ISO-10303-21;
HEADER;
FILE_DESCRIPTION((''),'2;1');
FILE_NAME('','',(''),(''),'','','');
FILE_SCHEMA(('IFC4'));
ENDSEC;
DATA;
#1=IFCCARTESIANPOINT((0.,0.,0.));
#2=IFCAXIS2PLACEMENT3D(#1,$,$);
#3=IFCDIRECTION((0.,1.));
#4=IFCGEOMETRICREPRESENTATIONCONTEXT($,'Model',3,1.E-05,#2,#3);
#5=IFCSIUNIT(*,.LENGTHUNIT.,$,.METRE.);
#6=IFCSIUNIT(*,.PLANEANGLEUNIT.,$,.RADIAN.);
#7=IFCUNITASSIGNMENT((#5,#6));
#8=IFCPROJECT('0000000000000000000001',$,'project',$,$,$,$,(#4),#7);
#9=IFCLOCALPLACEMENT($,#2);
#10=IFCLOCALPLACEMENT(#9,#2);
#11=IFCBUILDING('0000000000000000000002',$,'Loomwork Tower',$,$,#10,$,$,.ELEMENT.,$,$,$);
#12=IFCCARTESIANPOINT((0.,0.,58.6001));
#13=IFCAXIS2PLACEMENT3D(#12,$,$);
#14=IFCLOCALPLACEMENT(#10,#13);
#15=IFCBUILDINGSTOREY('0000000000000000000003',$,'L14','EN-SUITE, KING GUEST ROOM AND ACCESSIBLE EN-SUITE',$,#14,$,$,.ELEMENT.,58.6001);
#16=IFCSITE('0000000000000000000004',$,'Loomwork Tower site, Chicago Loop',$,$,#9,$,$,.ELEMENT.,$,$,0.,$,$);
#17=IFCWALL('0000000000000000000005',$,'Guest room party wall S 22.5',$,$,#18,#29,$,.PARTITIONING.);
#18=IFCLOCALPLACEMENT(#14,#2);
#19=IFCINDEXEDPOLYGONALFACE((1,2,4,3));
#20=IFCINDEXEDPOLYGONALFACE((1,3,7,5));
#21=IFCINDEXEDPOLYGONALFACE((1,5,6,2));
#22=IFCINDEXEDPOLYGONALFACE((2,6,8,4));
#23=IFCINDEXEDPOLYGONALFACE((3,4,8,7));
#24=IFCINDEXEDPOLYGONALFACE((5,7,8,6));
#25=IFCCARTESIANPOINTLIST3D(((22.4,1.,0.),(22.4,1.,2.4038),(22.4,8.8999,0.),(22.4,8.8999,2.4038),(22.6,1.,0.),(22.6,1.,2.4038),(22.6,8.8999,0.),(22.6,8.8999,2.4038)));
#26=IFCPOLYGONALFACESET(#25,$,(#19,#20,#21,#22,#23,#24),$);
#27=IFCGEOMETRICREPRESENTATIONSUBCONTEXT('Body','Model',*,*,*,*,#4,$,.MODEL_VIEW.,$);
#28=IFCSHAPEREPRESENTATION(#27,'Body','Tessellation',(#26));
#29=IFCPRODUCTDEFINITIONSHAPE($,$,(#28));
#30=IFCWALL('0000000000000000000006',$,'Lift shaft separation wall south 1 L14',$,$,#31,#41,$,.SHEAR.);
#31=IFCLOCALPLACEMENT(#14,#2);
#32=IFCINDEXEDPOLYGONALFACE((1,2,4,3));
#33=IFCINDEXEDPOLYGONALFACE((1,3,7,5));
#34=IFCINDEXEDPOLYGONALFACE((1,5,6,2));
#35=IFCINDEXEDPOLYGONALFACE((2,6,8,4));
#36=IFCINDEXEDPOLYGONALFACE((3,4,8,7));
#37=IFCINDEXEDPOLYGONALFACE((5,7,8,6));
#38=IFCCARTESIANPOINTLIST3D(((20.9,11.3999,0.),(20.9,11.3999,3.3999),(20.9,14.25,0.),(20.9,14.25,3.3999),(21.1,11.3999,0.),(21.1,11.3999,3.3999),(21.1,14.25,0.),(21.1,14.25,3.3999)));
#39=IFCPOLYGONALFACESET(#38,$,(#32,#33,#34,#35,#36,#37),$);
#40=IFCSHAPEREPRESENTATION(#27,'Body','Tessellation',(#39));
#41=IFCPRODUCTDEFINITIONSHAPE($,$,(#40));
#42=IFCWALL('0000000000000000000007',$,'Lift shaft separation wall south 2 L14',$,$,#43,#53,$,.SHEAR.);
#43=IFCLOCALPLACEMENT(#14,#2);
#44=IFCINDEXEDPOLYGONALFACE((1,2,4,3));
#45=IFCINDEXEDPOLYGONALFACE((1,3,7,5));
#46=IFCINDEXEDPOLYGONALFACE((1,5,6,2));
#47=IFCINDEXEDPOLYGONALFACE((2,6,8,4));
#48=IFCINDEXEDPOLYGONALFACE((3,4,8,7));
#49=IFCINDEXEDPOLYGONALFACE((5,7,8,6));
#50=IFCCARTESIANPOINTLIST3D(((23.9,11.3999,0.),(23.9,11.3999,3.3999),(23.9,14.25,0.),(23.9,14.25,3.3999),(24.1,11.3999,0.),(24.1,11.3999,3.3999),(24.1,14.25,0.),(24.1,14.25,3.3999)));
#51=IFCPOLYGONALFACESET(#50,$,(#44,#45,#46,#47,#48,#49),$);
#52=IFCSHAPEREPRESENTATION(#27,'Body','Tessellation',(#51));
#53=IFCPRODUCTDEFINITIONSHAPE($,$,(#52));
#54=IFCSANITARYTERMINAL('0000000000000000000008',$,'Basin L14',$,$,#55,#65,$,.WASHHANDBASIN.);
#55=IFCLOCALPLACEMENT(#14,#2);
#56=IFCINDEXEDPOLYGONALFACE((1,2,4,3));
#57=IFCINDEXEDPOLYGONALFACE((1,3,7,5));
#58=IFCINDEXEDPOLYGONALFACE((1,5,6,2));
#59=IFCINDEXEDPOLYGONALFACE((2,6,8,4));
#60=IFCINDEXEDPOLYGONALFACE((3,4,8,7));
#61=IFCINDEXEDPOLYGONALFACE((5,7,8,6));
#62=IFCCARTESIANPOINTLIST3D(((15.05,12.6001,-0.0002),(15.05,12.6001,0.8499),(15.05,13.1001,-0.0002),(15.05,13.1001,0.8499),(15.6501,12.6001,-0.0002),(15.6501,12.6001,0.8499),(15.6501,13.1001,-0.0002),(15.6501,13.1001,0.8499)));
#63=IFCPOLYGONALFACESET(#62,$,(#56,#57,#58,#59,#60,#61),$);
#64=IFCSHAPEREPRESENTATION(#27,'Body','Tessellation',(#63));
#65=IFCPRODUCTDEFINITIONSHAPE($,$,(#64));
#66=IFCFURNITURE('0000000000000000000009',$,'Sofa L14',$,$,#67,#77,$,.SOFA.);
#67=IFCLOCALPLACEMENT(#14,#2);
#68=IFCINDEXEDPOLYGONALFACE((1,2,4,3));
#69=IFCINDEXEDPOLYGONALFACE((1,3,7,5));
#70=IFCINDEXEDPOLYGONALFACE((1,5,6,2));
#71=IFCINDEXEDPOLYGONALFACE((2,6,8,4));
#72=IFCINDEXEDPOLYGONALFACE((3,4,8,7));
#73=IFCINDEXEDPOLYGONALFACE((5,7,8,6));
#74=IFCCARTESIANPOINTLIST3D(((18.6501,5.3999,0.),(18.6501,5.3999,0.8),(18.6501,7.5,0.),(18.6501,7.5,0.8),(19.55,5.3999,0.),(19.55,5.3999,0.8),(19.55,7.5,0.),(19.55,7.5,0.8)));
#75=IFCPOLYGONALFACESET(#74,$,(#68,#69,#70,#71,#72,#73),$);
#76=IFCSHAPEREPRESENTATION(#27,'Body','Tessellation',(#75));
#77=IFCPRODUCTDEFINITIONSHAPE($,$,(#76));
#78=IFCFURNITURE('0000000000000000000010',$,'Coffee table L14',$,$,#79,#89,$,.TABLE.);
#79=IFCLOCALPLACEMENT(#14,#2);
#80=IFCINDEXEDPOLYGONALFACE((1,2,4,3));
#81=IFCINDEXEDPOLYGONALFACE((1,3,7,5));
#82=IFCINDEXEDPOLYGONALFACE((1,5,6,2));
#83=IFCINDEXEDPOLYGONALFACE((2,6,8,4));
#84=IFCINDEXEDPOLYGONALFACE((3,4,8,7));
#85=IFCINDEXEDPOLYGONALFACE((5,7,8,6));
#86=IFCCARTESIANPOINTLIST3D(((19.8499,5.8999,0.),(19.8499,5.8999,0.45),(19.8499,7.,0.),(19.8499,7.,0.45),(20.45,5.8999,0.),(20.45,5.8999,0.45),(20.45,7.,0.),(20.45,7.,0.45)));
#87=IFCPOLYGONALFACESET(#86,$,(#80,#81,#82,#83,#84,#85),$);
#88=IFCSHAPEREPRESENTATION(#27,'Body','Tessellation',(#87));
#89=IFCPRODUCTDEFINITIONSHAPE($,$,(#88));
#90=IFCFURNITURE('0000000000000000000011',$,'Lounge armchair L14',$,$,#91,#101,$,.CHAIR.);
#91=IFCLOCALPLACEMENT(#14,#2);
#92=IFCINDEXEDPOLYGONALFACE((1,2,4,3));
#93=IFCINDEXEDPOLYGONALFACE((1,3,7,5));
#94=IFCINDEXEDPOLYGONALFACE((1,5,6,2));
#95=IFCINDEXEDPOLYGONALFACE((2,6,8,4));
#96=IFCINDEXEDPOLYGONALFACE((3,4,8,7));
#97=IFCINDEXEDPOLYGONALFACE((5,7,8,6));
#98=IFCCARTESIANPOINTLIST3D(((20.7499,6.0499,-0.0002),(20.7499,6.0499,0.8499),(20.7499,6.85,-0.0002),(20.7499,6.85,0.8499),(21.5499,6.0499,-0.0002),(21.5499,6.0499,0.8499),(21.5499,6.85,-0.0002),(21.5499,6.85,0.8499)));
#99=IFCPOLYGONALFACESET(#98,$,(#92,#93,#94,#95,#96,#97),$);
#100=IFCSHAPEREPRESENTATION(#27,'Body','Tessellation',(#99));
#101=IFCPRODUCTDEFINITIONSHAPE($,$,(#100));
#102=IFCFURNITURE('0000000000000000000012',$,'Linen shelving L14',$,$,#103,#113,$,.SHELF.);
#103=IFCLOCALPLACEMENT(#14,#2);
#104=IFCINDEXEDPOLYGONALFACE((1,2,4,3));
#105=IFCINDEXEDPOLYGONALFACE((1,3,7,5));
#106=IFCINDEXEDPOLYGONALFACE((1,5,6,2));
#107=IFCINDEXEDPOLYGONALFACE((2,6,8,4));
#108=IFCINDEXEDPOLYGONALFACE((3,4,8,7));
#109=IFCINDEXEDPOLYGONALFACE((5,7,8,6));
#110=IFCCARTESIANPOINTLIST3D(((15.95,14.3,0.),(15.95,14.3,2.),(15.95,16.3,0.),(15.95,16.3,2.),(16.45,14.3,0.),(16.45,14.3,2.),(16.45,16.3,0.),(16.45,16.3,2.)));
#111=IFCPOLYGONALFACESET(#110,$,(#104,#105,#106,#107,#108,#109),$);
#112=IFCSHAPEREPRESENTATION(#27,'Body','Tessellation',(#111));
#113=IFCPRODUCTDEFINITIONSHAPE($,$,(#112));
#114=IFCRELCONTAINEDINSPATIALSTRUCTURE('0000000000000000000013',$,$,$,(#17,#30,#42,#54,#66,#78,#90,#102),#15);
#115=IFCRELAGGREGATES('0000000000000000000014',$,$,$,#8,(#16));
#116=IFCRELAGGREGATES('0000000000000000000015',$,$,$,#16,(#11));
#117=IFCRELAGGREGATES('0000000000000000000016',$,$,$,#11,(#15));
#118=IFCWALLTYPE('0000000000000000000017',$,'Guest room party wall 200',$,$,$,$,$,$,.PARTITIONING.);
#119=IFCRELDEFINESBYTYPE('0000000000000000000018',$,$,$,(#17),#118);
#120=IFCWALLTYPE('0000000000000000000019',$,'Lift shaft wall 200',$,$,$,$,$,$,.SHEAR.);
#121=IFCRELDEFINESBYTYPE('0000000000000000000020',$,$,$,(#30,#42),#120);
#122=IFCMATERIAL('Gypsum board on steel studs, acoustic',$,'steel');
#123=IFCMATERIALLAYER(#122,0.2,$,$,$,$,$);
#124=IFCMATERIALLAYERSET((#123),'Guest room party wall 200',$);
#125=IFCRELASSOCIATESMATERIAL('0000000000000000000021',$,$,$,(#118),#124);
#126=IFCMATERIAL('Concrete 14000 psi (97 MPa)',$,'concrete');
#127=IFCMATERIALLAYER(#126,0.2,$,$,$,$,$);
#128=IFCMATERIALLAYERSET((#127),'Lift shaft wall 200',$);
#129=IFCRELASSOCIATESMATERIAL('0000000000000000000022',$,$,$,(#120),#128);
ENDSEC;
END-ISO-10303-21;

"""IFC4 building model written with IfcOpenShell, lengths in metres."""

from ifc_helpers import new_model, si_unit, direction, frame, frame_2d, origin, origin_2d, place, context, subcontext, project, spatial, rectangle, extrude, material, layer, layer_set, type_object, element, save


model = new_model("IFC4")

# Units and contexts
model_context = context("Model", 3, precision=1e-05, world=origin(), true_north=direction((0.0, 1.0)))
body_context = subcontext(model_context, "Body", "Model", "MODEL_VIEW")
ifc_project = project(units=[si_unit("LENGTHUNIT", "METRE"), si_unit("PLANEANGLEUNIT", "RADIAN")], contexts=[model_context])

# Site, building, storey
site_placement = place(None, origin())
site = spatial("IfcSite", under=ifc_project, at=site_placement, Name="Loomwork Tower site, Chicago Loop", CompositionType="ELEMENT", RefElevation=0.0)
building_placement = place(site_placement, origin())
building = spatial("IfcBuilding", under=site, at=building_placement, Name="Loomwork Tower", CompositionType="ELEMENT")
storey_placement = place(building_placement, frame((0.0, 0.0, 58.6001)))
storey = spatial("IfcBuildingStorey", under=building, at=storey_placement, Name="L14", Description="EN-SUITE, KING GUEST ROOM AND ACCESSIBLE EN-SUITE", CompositionType="ELEMENT", Elevation=58.6001)

# Walls
ifc_material_1 = material(Name="Gypsum board on steel studs, acoustic", Category="steel")
ifc_layer_1 = layer(ifc_material_1, 0.2)
ifc_layer_set_1 = layer_set([ifc_layer_1], Name="Guest room party wall 200")
wall_type_1 = type_object("IfcWallType", Name="Guest room party wall 200", PredefinedType="PARTITIONING", material=ifc_layer_set_1)
wall_1_placement = place(storey_placement, frame((22.5, 8.8999, 0.0), z_axis=(0.0, 0.0, 1.0), x_axis=(0.0, -1.0, 0.0)))
element("IfcWall", 1, at=wall_1_placement, inside=storey, type_object=wall_type_1, Name="Guest room party wall S 22.5", PredefinedType="PARTITIONING", context=body_context, shape_type="SweptSolid", body=[
    extrude(rectangle(XDim=7.8999, YDim=0.2, at=frame_2d((3.95, 0.0))), origin(), (0.0, 0.0, 1.0), 2.4038),
])
ifc_material_2 = material(Name="Concrete 14000 psi (97 MPa)", Category="concrete")
ifc_layer_2 = layer(ifc_material_2, 0.2)
ifc_layer_set_2 = layer_set([ifc_layer_2], Name="Lift shaft wall 200")
wall_type_2 = type_object("IfcWallType", Name="Lift shaft wall 200", PredefinedType="SHEAR", material=ifc_layer_set_2)
for number, where, z_axis, x_axis, name in (
    (2, (21.0, 11.3999, 0.0), (0.0, 0.0, 1.0), (0.0, 1.0, 0.0), "Lift shaft separation wall south 1 L14"),
    (3, (24.0, 11.3999, 0.0), (0.0, 0.0, 1.0), (0.0, 1.0, 0.0), "Lift shaft separation wall south 2 L14"),
):
    element("IfcWall", number, at=place(storey_placement, frame(where, z_axis=z_axis, x_axis=x_axis)), inside=storey, type_object=wall_type_2, Name=name, PredefinedType="SHEAR", context=body_context, shape_type="SweptSolid", body=[
        extrude(rectangle(XDim=2.8501, YDim=0.2, at=frame_2d((1.425, 0.0))), origin(), (0.0, 0.0, 1.0), 3.3999),
    ])

# Sanitary terminal
sanitary_terminal_placement = place(storey_placement, frame((15.3501, 12.8501, -0.0002), z_axis=(0.0, 0.0, 1.0), x_axis=(1.0, 0.0, 0.0)))
element("IfcSanitaryTerminal", 4, at=sanitary_terminal_placement, inside=storey, Name="Basin L14", PredefinedType="WASHHANDBASIN", context=body_context, shape_type="SweptSolid", body=[
    extrude(rectangle(XDim=0.6001, YDim=0.5, at=origin_2d()), origin(), (0.0, 0.0, 1.0), 0.8501),
])

# Furniture
furniture_1_placement = place(storey_placement, frame((19.1001, 6.45, 0.0), z_axis=(0.0, 0.0, 1.0), x_axis=(1.0, 0.0, 0.0)))
element("IfcFurniture", 5, at=furniture_1_placement, inside=storey, Name="Sofa L14", PredefinedType="SOFA", context=body_context, shape_type="SweptSolid", body=[
    extrude(rectangle(XDim=0.8999, YDim=2.1001, at=origin_2d()), origin(), (0.0, 0.0, 1.0), 0.8),
])
furniture_2_placement = place(storey_placement, frame((20.1499, 6.45, 0.0), z_axis=(0.0, 0.0, 1.0), x_axis=(1.0, 0.0, 0.0)))
element("IfcFurniture", 6, at=furniture_2_placement, inside=storey, Name="Coffee table L14", PredefinedType="TABLE", context=body_context, shape_type="SweptSolid", body=[
    extrude(rectangle(XDim=0.6001, YDim=1.1001, at=origin_2d()), origin(), (0.0, 0.0, 1.0), 0.45),
])
furniture_3_placement = place(storey_placement, frame((21.1499, 6.45, -0.0002), z_axis=(0.0, 0.0, 1.0), x_axis=(1.0, 0.0, 0.0)))
element("IfcFurniture", 7, at=furniture_3_placement, inside=storey, Name="Lounge armchair L14", PredefinedType="CHAIR", context=body_context, shape_type="SweptSolid", body=[
    extrude(rectangle(XDim=0.8, YDim=0.8, at=origin_2d()), origin(), (0.0, 0.0, 1.0), 0.8501),
])
furniture_4_placement = place(storey_placement, frame((16.2, 15.3, 0.0), z_axis=(0.0, 0.0, 1.0), x_axis=(1.0, 0.0, 0.0)))
element("IfcFurniture", 8, at=furniture_4_placement, inside=storey, Name="Linen shelving L14", PredefinedType="SHELF", context=body_context, shape_type="SweptSolid", body=[
    extrude(rectangle(XDim=0.5, YDim=2.0, at=origin_2d()), origin(), (0.0, 0.0, 1.0), 2.0),
])

save(model, "model.ifc")
